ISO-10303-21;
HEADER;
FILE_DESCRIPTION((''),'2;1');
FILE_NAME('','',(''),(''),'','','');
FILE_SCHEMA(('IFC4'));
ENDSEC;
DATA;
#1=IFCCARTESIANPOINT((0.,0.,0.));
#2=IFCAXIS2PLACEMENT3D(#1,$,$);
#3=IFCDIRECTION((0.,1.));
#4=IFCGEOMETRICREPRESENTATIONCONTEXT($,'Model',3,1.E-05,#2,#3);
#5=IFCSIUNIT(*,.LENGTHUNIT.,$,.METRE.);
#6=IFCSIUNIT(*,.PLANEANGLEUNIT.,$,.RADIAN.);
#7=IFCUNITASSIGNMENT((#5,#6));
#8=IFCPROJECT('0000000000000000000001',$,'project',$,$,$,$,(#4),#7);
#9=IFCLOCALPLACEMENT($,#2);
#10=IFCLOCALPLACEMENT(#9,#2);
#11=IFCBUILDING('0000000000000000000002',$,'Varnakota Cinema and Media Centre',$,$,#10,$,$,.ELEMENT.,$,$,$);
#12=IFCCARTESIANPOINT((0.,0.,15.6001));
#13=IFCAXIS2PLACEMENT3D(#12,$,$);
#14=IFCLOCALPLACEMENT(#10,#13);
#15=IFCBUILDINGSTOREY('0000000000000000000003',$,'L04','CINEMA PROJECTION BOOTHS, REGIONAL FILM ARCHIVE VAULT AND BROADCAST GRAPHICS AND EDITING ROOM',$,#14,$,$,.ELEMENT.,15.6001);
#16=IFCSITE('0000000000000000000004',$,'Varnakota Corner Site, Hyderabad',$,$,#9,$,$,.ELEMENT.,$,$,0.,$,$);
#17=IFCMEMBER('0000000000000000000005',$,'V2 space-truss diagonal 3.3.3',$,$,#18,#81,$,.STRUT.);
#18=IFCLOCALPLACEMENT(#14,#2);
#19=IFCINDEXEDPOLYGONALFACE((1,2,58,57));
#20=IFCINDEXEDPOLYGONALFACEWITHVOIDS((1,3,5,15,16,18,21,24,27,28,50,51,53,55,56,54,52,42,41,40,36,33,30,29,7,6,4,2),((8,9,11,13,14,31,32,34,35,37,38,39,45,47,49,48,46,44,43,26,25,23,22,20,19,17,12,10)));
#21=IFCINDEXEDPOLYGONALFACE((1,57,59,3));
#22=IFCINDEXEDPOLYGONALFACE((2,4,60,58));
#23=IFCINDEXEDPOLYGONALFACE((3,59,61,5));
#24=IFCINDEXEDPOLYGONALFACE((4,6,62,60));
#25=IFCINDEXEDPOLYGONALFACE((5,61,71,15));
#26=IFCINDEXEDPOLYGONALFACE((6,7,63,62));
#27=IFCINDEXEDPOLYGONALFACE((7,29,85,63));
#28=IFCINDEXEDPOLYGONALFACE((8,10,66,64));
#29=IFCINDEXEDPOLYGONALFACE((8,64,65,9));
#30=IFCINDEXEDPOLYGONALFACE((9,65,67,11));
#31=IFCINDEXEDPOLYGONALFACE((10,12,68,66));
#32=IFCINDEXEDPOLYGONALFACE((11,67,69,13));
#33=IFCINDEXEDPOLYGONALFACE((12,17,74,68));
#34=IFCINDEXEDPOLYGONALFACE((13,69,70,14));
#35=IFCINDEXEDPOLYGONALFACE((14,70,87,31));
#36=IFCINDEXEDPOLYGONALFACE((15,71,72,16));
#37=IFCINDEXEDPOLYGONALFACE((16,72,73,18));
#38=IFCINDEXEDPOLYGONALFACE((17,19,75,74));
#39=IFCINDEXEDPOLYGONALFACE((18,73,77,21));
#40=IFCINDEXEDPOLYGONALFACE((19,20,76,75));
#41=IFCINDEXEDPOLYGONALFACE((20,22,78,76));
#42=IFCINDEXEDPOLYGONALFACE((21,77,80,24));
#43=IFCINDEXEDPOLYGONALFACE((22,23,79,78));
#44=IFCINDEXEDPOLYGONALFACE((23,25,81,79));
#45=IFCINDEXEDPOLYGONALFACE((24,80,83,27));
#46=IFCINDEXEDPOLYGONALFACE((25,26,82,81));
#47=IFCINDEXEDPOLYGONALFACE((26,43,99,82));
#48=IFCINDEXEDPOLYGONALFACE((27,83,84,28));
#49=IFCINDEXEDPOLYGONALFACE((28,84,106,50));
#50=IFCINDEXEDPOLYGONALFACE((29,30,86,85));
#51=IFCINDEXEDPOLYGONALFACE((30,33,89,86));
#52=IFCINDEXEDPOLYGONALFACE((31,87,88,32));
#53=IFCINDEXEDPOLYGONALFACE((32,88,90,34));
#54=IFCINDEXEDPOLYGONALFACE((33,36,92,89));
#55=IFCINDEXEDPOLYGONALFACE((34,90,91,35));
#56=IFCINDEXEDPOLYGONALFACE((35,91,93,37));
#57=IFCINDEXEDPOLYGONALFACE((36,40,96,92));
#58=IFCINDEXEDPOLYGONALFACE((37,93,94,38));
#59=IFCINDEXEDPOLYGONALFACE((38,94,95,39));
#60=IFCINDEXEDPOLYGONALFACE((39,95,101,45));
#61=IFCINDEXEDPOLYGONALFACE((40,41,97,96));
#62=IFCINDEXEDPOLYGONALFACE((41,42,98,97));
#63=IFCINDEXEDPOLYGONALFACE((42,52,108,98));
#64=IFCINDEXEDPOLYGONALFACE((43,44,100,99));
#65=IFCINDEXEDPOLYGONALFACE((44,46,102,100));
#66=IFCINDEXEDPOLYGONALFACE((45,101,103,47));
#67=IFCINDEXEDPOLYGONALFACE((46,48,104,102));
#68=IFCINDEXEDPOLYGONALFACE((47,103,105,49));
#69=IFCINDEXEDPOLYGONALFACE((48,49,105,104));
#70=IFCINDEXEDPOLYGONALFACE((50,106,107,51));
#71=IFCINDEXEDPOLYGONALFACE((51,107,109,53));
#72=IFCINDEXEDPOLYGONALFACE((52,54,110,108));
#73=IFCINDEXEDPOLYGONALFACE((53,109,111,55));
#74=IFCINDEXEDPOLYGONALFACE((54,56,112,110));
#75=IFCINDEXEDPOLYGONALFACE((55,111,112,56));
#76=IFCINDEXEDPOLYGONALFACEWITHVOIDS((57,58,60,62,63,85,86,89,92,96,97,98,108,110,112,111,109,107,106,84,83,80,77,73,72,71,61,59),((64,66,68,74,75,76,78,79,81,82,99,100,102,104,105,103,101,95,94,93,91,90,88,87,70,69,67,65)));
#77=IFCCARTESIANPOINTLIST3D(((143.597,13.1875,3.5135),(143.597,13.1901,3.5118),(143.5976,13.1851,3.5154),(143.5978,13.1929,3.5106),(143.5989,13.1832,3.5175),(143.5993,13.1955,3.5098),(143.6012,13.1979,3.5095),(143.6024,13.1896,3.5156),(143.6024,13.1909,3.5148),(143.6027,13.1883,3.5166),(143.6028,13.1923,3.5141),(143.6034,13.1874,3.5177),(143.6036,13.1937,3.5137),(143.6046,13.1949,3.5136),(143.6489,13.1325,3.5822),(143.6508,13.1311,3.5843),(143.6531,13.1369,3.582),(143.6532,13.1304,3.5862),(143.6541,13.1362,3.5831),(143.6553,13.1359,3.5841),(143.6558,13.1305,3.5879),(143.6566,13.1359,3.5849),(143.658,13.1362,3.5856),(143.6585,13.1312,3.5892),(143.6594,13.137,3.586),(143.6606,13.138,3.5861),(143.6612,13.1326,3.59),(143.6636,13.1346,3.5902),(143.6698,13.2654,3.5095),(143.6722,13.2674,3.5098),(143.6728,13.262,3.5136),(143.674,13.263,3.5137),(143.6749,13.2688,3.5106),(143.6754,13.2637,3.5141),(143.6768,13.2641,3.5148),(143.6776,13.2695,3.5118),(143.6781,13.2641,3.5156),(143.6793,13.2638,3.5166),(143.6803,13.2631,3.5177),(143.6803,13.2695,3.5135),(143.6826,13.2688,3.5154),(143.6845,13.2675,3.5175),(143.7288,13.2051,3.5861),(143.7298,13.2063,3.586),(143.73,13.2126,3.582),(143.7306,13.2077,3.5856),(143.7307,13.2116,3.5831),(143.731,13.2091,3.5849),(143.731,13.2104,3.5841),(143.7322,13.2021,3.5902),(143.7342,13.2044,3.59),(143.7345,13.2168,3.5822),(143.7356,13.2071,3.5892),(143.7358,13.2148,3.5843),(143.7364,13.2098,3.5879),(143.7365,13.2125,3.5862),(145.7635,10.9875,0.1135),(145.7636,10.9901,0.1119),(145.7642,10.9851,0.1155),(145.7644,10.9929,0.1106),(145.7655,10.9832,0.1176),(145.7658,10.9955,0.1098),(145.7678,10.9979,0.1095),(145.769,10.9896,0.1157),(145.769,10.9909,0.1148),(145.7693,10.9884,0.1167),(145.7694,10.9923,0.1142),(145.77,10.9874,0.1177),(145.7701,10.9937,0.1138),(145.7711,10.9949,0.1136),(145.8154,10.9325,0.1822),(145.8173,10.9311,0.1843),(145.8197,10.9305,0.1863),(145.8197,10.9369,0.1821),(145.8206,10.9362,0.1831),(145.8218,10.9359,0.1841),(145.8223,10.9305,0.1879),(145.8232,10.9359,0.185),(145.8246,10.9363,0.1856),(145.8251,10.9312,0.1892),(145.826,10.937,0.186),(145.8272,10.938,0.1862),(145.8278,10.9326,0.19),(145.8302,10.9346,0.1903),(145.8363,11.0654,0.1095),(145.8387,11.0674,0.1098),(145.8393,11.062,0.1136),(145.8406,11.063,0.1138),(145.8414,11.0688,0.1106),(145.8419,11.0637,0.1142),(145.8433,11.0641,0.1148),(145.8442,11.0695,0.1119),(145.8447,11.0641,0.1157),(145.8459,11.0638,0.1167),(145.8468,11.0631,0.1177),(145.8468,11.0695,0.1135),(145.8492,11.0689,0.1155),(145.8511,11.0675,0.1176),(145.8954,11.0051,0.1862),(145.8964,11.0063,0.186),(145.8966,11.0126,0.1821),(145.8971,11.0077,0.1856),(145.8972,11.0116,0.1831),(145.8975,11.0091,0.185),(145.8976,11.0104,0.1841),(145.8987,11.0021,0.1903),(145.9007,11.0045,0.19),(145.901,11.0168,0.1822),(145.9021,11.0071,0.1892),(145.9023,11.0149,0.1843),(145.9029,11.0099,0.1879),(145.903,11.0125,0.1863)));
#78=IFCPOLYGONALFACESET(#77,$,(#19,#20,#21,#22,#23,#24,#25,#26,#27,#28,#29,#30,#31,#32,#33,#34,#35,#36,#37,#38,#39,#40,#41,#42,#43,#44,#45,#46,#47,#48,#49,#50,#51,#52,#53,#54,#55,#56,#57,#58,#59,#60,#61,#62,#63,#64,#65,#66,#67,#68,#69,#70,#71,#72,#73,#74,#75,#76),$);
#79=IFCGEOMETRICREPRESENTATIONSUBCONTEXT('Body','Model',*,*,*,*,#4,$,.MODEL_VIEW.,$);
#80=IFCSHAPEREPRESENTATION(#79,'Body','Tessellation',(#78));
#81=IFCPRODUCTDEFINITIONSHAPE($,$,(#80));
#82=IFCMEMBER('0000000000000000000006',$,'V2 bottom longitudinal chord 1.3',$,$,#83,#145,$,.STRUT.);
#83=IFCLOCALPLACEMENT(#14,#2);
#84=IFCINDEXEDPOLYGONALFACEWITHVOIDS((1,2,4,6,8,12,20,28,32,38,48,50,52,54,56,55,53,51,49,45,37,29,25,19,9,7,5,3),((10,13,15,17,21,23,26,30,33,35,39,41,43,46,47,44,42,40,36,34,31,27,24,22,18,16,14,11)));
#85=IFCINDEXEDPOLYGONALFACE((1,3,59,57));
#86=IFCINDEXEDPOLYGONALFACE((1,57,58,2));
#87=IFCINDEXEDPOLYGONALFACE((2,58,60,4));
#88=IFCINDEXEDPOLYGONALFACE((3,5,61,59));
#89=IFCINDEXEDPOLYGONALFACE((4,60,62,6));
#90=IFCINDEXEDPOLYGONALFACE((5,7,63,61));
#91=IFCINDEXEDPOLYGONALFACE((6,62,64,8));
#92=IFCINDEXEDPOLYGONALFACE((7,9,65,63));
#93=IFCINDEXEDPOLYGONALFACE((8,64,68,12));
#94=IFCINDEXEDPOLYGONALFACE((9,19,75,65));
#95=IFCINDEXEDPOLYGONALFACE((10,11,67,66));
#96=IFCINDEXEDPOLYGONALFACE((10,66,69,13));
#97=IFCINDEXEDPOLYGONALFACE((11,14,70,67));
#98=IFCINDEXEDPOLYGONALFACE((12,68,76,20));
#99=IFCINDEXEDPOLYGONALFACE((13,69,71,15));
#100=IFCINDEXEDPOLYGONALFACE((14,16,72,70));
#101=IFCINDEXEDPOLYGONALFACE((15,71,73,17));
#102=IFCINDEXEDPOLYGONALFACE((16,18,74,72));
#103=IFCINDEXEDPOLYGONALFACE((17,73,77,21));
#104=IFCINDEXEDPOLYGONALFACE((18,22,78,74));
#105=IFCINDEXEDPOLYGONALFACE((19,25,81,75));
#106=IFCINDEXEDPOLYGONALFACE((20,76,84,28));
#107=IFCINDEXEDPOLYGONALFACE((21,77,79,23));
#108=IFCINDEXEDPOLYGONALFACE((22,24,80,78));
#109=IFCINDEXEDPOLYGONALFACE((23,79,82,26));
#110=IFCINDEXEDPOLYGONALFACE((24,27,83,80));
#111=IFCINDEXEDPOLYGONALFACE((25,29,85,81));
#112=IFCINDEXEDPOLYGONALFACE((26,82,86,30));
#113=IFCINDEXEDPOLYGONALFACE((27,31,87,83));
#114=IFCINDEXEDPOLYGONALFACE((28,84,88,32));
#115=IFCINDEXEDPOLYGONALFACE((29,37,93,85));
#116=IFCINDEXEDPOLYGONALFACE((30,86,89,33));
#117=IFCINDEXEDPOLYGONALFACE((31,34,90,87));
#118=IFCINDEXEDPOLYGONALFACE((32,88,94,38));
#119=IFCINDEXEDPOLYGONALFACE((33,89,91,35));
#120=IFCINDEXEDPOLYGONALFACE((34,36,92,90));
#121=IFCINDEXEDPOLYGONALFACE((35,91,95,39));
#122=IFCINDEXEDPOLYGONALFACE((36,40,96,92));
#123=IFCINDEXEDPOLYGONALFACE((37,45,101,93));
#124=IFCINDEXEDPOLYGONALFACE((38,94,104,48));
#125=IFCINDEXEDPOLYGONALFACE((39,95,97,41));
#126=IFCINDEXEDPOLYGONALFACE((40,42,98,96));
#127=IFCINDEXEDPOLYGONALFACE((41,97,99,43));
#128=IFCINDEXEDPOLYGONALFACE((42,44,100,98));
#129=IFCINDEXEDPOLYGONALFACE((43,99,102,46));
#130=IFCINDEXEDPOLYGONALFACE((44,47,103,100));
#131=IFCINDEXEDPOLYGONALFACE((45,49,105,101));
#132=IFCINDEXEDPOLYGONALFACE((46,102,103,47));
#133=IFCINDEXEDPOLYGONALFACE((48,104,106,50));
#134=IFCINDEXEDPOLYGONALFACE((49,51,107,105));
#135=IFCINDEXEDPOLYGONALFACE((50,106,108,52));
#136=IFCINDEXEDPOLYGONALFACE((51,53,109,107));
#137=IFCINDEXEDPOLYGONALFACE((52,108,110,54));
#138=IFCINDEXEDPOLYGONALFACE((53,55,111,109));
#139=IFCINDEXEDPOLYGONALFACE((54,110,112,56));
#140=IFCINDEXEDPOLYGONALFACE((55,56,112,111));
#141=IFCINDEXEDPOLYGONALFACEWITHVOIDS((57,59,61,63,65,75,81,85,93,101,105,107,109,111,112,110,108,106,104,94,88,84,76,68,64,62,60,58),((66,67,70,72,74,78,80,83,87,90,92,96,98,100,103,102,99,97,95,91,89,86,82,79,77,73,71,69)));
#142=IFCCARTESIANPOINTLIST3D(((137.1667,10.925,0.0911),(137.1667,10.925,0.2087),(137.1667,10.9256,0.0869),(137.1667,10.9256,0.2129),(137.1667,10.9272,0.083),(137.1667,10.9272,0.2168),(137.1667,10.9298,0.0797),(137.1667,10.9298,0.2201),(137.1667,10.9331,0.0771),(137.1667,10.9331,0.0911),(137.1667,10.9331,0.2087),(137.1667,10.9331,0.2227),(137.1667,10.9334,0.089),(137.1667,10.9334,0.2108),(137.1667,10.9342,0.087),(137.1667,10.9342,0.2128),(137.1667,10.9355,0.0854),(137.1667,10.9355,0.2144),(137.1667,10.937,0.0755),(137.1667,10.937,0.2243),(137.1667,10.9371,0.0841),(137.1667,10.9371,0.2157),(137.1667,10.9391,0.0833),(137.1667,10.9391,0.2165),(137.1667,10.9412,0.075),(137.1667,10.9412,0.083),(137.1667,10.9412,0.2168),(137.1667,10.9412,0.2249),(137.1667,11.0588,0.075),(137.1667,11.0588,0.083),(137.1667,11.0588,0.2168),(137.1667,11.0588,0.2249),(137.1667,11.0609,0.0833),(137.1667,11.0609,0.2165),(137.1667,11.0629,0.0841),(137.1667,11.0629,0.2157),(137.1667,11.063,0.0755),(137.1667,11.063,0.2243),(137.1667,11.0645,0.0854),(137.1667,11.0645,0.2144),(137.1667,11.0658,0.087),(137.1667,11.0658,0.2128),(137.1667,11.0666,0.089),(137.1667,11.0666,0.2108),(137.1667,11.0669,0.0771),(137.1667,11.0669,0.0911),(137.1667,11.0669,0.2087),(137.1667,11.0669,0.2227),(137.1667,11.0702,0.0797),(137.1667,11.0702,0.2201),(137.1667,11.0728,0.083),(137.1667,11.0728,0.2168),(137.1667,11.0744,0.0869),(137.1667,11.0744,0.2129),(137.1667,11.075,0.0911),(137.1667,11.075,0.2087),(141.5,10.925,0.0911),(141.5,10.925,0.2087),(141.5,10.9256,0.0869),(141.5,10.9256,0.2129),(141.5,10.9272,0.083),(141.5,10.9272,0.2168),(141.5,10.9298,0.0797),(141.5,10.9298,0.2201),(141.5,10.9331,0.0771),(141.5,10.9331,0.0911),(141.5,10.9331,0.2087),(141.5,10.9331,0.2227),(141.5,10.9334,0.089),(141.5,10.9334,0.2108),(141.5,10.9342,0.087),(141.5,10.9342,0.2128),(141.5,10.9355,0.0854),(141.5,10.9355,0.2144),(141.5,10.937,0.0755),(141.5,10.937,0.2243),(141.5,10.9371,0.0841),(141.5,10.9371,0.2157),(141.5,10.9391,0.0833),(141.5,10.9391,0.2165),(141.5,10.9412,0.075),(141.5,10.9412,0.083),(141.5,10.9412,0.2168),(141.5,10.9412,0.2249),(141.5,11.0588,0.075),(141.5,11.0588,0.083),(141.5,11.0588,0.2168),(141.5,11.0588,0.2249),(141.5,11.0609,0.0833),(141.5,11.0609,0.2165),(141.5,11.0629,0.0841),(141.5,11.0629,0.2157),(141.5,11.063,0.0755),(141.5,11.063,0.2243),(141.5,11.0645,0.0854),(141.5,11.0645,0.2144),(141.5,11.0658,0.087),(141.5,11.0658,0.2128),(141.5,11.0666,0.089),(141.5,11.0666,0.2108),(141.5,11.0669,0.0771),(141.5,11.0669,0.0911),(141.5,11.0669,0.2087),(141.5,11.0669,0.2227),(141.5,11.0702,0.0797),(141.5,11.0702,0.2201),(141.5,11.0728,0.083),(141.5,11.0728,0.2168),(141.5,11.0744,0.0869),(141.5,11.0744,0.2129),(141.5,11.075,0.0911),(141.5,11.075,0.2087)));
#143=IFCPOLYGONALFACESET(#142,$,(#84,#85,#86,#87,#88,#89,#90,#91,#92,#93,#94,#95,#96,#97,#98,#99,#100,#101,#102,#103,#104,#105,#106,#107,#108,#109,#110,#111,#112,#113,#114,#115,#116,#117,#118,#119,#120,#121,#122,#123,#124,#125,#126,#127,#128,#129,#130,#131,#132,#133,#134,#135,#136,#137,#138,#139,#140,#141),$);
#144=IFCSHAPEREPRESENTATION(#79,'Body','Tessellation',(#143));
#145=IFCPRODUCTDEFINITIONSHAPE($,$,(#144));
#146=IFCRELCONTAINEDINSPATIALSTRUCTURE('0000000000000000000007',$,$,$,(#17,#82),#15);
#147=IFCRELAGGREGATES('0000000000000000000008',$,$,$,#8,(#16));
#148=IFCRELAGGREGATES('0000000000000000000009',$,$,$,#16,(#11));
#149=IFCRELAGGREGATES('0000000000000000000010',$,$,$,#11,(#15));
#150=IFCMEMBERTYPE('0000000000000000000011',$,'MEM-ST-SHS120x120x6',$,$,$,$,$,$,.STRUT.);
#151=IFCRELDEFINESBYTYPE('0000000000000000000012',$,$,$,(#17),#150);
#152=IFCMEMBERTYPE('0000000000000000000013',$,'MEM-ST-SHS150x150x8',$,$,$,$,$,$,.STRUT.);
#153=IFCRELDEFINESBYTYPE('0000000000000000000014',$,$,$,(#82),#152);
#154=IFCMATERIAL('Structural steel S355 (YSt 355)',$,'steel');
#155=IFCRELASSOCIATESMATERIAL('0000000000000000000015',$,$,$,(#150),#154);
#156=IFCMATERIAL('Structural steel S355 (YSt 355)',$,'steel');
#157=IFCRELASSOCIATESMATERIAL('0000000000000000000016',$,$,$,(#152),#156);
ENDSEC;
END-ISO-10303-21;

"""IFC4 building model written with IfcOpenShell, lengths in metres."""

from ifc_helpers import new_model, si_unit, direction, frame, origin, origin_2d, place, context, subcontext, project, spatial, hollow_rectangle, extrude, material, material_profile, profile_set, type_object, element, save


model = new_model("IFC4")

# Units and contexts
model_context = context("Model", 3, precision=1e-05, world=origin(), true_north=direction((0.0, 1.0)))
body_context = subcontext(model_context, "Body", "Model", "MODEL_VIEW")
ifc_project = project(units=[si_unit("LENGTHUNIT", "METRE"), si_unit("PLANEANGLEUNIT", "RADIAN")], contexts=[model_context])

# Site, building, storey
site_placement = place(None, origin())
site = spatial("IfcSite", under=ifc_project, at=site_placement, Name="Varnakota Corner Site, Hyderabad", CompositionType="ELEMENT", RefElevation=0.0)
building_placement = place(site_placement, origin())
building = spatial("IfcBuilding", under=site, at=building_placement, Name="Varnakota Cinema and Media Centre", CompositionType="ELEMENT")
storey_placement = place(building_placement, frame((0.0, 0.0, 15.6001)))
storey = spatial("IfcBuildingStorey", under=building, at=storey_placement, Name="L04", Description="CINEMA PROJECTION BOOTHS, REGIONAL FILM ARCHIVE VAULT AND BROADCAST GRAPHICS AND EDITING ROOM", CompositionType="ELEMENT", Elevation=15.6001)

# Members
ifc_material_1 = material(Name="Structural steel S355 (YSt 355)", Category="steel")
ifc_material_profile_1 = material_profile(ifc_material_1, hollow_rectangle(XDim=0.1201, YDim=0.1201, WallThickness=0.0061, InnerFilletRadius=0.0061, OuterFilletRadius=0.012, at=origin_2d()), Name="SHS 120x120x6")
ifc_profile_set_1 = profile_set([ifc_material_profile_1], Name="Structural steel S355 (YSt 355)")
member_type_1 = type_object("IfcMemberType", Name="MEM-ST-SHS120x120x6", PredefinedType="STRUT", material=ifc_profile_set_1)
member_1_placement = place(storey_placement, frame((145.8333, 11.0, 0.1499), z_axis=(-0.471728, 0.479011, 0.740285), x_axis=(-0.712502, -0.70167, 0.0)))
element("IfcMember", 1, at=member_1_placement, inside=storey, type_object=member_type_1, Name="V2 space-truss diagonal 3.3.3", PredefinedType="STRUT", context=body_context, shape_type="SweptSolid", body=[
    extrude(hollow_rectangle(XDim=0.1201, YDim=0.1201, WallThickness=0.0061, InnerFilletRadius=0.0061, OuterFilletRadius=0.012, at=origin_2d()), origin(), (0.0, 0.0, 1.0), 4.5928),
])
ifc_material_2 = material(Name="Structural steel S355 (YSt 355)", Category="steel")
ifc_material_profile_2 = material_profile(ifc_material_2, hollow_rectangle(XDim=0.1499, YDim=0.1499, WallThickness=0.0081, InnerFilletRadius=0.0081, OuterFilletRadius=0.0161, at=origin_2d()), Name="SHS 150x150x8")
ifc_profile_set_2 = profile_set([ifc_material_profile_2], Name="Structural steel S355 (YSt 355)")
member_type_2 = type_object("IfcMemberType", Name="MEM-ST-SHS150x150x8", PredefinedType="STRUT", material=ifc_profile_set_2)
for number, where, z_axis, x_axis, name in (
    (2, (137.1667, 11.0, 0.1499), (1.0, 0.0, 0.0), (0.0, 1.0, 0.0), "V2 bottom longitudinal chord 1.3"),
):
    element("IfcMember", number, at=place(storey_placement, frame(where, z_axis=z_axis, x_axis=x_axis)), inside=storey, type_object=member_type_2, Name=name, PredefinedType="STRUT", context=body_context, shape_type="SweptSolid", body=[
        extrude(hollow_rectangle(XDim=0.1499, YDim=0.1499, WallThickness=0.0081, InnerFilletRadius=0.0081, OuterFilletRadius=0.0161, at=origin_2d()), origin(), (0.0, 0.0, 1.0), 4.3333),
    ])

save(model, "model.ifc")
